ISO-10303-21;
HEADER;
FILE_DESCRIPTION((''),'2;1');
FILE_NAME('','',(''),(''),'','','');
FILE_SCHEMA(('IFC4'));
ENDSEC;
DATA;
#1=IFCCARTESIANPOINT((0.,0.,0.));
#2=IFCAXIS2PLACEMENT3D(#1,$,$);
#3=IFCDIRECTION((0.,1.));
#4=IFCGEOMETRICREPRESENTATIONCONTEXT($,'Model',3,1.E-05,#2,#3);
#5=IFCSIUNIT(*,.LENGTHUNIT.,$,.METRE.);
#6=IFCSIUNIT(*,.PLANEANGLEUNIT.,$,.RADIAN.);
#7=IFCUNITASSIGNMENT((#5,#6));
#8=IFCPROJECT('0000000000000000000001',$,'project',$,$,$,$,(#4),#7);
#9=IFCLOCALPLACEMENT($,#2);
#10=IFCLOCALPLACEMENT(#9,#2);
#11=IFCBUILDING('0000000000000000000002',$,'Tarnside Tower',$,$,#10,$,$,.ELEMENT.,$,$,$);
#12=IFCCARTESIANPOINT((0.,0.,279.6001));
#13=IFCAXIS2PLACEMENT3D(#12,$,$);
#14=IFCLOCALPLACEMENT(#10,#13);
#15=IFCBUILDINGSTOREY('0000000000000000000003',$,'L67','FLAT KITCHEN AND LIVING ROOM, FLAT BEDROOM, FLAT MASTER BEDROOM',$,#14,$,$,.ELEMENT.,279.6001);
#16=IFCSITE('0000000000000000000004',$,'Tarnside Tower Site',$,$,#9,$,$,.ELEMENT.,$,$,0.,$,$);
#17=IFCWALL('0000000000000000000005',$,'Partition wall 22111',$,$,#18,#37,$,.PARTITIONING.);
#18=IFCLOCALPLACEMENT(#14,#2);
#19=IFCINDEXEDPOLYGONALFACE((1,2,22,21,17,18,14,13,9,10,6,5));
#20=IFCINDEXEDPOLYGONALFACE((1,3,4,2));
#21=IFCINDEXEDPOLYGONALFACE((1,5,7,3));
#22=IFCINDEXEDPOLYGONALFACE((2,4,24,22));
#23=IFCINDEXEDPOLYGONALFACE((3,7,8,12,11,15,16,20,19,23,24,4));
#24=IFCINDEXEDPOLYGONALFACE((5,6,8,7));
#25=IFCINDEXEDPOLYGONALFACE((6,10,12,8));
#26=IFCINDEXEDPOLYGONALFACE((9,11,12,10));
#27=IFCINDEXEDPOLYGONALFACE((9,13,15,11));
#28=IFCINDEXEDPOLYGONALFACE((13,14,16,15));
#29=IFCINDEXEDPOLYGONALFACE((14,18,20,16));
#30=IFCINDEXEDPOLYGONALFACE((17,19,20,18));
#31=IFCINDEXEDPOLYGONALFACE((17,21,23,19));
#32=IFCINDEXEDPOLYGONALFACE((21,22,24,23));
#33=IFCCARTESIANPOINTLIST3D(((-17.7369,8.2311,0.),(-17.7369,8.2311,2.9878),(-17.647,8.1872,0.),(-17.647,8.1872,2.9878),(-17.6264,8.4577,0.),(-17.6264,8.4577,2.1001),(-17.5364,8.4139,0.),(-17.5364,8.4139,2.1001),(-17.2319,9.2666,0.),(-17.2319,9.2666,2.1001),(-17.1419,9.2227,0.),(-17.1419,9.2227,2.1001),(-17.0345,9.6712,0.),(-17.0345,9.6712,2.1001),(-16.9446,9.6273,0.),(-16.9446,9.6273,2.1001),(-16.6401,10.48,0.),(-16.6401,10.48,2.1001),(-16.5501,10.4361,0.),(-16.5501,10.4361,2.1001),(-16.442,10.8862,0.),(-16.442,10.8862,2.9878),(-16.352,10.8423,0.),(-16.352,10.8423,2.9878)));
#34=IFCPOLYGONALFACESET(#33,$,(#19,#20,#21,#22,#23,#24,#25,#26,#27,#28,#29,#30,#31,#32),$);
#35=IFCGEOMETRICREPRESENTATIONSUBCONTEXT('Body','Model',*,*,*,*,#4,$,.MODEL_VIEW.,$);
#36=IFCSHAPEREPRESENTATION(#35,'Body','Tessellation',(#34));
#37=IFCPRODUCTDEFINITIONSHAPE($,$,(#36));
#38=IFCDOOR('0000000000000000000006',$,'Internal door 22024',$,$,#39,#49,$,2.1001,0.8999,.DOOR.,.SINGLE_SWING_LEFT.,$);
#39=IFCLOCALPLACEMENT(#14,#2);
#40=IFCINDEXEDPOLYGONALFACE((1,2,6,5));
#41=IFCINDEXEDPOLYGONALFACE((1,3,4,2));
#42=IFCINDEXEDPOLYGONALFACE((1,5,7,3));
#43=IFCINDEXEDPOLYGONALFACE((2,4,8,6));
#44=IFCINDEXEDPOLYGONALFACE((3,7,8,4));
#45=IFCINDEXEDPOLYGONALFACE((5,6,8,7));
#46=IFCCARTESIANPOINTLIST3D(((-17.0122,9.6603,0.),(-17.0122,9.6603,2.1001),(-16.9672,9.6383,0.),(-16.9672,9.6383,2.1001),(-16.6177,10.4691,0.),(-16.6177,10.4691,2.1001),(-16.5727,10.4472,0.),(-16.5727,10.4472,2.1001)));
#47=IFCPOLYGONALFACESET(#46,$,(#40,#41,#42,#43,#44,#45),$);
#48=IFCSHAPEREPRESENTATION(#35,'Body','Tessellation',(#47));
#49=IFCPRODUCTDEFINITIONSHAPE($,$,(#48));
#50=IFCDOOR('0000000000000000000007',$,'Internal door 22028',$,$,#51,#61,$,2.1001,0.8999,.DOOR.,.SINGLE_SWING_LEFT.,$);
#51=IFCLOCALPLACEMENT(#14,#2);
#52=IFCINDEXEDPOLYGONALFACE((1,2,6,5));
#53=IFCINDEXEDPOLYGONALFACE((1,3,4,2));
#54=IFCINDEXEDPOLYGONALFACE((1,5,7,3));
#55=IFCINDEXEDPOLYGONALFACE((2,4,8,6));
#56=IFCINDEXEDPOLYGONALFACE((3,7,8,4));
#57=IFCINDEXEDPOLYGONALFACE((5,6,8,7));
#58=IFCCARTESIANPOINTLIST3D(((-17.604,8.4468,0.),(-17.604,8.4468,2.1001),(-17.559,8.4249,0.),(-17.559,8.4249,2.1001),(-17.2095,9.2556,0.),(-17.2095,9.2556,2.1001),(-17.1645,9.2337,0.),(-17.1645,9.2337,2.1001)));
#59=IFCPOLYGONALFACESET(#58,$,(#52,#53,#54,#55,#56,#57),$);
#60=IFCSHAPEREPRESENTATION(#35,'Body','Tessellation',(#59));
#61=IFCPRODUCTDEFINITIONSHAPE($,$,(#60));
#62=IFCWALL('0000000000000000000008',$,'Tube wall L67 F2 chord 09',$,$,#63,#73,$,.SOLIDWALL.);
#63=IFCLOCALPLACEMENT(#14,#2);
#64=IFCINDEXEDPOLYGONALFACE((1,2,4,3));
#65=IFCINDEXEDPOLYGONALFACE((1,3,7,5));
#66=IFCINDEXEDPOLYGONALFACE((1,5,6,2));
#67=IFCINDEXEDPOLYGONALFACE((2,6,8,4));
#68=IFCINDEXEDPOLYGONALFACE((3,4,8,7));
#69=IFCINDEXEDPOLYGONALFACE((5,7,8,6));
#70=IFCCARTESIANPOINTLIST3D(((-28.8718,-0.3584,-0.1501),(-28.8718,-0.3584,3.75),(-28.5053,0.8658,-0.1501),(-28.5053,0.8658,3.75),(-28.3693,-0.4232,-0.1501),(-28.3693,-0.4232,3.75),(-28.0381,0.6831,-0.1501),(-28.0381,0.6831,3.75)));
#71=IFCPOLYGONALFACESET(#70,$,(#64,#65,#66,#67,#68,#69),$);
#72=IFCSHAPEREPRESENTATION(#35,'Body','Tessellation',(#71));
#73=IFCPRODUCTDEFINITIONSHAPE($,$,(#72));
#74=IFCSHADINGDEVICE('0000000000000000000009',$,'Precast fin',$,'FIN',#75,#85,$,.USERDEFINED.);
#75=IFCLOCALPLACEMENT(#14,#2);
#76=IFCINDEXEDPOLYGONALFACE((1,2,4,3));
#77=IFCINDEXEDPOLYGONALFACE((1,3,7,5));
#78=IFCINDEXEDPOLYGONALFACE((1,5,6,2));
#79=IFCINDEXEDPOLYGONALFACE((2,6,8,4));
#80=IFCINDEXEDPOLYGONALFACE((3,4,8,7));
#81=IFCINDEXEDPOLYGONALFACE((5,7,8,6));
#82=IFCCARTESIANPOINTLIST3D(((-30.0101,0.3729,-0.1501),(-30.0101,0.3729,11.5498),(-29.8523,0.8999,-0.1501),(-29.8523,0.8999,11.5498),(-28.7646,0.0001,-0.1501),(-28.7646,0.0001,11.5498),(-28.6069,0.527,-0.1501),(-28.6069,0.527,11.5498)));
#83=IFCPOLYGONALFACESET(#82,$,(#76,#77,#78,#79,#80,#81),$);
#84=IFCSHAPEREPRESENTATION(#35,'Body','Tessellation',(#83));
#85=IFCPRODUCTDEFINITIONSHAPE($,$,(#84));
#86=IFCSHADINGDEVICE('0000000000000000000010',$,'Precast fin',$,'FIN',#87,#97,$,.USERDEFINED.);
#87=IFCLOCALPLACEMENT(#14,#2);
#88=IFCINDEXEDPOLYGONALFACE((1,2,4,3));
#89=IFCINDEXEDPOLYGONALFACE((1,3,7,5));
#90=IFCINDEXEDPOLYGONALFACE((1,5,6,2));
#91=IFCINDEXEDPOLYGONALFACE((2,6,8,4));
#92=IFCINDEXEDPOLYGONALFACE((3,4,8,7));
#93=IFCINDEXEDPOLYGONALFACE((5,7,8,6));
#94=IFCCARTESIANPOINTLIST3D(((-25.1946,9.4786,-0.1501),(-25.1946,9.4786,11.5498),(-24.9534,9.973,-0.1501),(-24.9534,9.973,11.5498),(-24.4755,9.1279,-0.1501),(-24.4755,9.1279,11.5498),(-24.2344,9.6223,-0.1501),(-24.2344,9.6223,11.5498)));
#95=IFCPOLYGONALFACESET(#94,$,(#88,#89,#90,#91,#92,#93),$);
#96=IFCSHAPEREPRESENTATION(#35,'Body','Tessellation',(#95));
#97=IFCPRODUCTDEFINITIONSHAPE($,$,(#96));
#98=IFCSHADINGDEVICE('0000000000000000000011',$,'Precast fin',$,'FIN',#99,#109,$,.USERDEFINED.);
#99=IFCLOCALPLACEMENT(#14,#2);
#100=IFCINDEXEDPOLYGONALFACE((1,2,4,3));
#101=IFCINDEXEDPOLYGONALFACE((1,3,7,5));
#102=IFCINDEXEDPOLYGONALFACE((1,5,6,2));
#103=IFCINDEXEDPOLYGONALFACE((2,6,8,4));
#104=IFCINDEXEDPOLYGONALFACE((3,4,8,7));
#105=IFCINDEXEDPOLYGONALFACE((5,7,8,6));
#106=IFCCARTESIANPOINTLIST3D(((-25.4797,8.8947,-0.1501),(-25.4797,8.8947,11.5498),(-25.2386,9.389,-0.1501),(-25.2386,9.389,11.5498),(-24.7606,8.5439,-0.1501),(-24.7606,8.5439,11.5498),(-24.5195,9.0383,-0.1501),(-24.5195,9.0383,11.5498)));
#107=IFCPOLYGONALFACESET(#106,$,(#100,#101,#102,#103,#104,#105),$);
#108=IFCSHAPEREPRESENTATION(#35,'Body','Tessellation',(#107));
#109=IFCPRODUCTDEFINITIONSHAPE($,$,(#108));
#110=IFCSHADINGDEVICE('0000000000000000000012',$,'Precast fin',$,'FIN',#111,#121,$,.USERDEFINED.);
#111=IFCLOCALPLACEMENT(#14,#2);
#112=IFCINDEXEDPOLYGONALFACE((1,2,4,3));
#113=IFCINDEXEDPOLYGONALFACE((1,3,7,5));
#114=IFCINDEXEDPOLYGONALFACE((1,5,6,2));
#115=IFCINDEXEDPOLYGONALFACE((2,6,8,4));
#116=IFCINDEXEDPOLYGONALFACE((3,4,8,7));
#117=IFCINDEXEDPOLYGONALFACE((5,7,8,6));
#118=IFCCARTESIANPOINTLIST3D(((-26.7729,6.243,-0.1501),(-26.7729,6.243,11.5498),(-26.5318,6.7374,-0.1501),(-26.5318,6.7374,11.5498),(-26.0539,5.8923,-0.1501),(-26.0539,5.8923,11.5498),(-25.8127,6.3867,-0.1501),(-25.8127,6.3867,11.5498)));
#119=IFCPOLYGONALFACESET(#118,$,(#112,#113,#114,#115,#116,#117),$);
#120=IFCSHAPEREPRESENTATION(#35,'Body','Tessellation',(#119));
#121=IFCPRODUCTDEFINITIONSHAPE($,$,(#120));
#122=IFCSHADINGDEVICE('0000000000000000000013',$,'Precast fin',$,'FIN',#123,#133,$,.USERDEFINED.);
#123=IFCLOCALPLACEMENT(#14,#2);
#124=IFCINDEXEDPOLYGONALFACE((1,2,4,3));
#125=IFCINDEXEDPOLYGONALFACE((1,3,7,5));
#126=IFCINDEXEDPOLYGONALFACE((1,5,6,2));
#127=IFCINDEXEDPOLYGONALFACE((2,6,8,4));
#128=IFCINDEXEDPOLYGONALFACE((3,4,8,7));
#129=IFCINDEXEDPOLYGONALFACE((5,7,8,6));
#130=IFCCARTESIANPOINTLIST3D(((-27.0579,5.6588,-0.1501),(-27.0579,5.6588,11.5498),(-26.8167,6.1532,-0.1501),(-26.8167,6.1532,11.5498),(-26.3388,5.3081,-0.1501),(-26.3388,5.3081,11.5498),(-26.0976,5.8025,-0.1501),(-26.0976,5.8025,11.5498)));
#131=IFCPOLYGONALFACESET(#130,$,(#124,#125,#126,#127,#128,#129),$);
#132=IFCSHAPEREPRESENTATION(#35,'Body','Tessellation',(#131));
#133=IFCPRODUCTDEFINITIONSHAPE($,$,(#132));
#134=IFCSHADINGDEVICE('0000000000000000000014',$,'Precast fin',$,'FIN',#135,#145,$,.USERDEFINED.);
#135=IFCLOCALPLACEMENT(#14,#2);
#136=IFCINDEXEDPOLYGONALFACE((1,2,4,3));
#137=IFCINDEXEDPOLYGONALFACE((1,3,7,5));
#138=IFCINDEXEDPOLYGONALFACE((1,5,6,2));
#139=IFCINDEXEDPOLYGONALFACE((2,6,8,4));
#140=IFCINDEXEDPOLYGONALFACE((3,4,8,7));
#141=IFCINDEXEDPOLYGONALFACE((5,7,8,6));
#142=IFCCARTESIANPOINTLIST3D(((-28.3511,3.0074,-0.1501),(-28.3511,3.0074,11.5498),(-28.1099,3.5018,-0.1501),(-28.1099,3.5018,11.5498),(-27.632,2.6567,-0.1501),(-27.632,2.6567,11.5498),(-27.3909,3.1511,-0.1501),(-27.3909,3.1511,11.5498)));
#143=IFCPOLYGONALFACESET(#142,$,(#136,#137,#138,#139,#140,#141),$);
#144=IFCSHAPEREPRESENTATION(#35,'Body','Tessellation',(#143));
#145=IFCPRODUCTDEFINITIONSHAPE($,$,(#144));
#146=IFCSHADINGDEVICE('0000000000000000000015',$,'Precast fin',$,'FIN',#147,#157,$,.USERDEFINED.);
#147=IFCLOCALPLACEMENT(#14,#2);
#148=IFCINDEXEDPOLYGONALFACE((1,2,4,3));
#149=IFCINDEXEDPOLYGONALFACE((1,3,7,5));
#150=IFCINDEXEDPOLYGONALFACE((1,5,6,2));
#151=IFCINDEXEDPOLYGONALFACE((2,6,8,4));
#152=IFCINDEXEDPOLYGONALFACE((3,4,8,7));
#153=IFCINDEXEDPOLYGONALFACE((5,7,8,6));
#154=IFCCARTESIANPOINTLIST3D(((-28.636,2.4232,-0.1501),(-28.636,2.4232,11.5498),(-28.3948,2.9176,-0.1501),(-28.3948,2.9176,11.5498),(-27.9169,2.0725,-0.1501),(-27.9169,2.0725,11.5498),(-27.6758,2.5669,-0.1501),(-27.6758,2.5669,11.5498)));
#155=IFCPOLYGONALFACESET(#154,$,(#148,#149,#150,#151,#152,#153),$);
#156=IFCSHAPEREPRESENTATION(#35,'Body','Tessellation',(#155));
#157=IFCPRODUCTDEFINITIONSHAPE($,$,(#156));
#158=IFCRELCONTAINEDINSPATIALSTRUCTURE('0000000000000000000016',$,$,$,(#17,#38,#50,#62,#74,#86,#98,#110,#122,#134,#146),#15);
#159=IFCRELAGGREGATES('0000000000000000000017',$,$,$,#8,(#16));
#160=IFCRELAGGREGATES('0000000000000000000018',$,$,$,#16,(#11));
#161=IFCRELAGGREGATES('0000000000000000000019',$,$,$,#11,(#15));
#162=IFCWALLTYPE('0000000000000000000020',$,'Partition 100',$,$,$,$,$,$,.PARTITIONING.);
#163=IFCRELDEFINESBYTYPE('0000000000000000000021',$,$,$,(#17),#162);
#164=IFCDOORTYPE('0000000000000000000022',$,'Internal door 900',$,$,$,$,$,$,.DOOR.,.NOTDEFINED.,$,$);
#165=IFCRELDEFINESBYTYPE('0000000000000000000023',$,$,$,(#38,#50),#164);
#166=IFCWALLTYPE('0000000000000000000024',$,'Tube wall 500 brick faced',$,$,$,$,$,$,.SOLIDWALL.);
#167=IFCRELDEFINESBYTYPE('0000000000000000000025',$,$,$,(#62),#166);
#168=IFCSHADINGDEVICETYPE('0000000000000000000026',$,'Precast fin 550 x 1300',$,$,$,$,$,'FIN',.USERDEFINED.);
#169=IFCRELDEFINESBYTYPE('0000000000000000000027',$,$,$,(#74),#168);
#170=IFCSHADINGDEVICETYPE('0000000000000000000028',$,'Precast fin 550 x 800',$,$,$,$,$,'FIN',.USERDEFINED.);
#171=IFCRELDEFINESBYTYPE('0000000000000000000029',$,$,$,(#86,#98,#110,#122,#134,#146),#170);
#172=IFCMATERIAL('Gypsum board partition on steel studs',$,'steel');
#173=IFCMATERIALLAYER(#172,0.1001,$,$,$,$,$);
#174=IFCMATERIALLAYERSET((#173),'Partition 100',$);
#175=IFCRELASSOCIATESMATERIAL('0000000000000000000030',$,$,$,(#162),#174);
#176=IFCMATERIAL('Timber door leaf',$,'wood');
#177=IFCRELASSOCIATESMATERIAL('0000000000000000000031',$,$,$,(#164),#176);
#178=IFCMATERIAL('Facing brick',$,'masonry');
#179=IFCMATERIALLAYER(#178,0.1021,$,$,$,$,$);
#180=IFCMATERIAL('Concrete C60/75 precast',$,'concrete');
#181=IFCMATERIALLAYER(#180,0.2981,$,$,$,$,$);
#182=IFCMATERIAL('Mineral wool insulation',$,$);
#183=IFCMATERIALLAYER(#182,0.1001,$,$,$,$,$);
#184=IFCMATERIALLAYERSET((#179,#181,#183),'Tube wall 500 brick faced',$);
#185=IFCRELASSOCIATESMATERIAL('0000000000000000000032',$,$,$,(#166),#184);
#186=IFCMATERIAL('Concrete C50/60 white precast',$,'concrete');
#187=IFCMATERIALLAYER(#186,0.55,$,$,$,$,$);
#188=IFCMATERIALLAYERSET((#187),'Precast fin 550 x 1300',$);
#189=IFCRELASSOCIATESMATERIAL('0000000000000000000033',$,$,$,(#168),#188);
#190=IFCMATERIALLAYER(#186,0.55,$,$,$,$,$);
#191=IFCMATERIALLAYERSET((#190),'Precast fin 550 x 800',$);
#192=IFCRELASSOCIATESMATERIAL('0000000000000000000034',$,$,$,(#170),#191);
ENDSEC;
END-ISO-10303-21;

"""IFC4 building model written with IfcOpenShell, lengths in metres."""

from ifc_helpers import new_model, si_unit, direction, frame, frame_2d, origin, place, context, subcontext, project, spatial, polyline, rectangle, outline, extrude, material, layer, layer_set, type_object, element, fill, save


model = new_model("IFC4")

# Units and contexts
model_context = context("Model", 3, precision=1e-05, world=origin(), true_north=direction((0.0, 1.0)))
body_context = subcontext(model_context, "Body", "Model", "MODEL_VIEW")
ifc_project = project(units=[si_unit("LENGTHUNIT", "METRE"), si_unit("PLANEANGLEUNIT", "RADIAN")], contexts=[model_context])

# Site, building, storey
site_placement = place(None, origin())
site = spatial("IfcSite", under=ifc_project, at=site_placement, Name="Tarnside Tower Site", CompositionType="ELEMENT", RefElevation=0.0)
building_placement = place(site_placement, origin())
building = spatial("IfcBuilding", under=site, at=building_placement, Name="Tarnside Tower", CompositionType="ELEMENT")
storey_placement = place(building_placement, frame((0.0, 0.0, 279.6001)))
storey = spatial("IfcBuildingStorey", under=building, at=storey_placement, Name="L67", Description="FLAT KITCHEN AND LIVING ROOM, FLAT BEDROOM, FLAT MASTER BEDROOM", CompositionType="ELEMENT", Elevation=279.6001)

# Shared definitions
ifc_material_1 = material(Name="Gypsum board partition on steel studs", Category="steel")

# Shared definitions
ifc_material_2 = material(Name="Timber door leaf", Category="wood")

# Shared definitions
ifc_material_3 = material(Name="Concrete C60/75 precast", Category="concrete")
ifc_material_4 = material(Name="Mineral wool insulation")
ifc_layer_1 = layer(ifc_material_1, 0.1001)
ifc_layer_set_1 = layer_set([ifc_layer_1], Name="Partition 100")
wall_type_1 = type_object("IfcWallType", Name="Partition 100", PredefinedType="PARTITIONING", material=ifc_layer_set_1)

# Shared definitions
door_type_1 = type_object("IfcDoorType", Name="Internal door 900", OperationType="NOTDEFINED", PredefinedType="DOOR", material=ifc_material_2)

# Wall, openings, doors
wall_1_placement = place(storey_placement, frame((-16.397, 10.8643, 0.0), z_axis=(0.0, 0.0, 1.0), x_axis=(-0.438365, -0.898797, 0.0)))
wall_1 = element("IfcWall", 1, at=wall_1_placement, inside=storey, type_object=wall_type_1, Name="Partition wall 22111", PredefinedType="PARTITIONING", context=body_context, shape_type="SweptSolid", body=[
    extrude(rectangle(XDim=2.9541, YDim=0.1001, at=frame_2d((1.4771, 0.0))), origin(), (0.0, 0.0, 1.0), 2.9878),
])
opening_1_placement = place(wall_1_placement, frame((0.4519, 0.0, 0.0)))
opening_1 = element("IfcOpeningElement", 2, at=opening_1_placement, cuts=wall_1, PredefinedType="OPENING", context=body_context, shape_type="SweptSolid", body=[
    extrude(rectangle(XDim=0.8999, YDim=2.1001, at=frame_2d((0.45, 1.05))), frame((0.0, 0.0601, 0.0), z_axis=(0.0, -1.0, 0.0), x_axis=(1.0, 0.0, 0.0)), (0.0, 0.0, 1.0), 0.1201),
])
opening_2_placement = place(wall_1_placement, frame((1.802, 0.0, 0.0)))
opening_2 = element("IfcOpeningElement", 3, at=opening_2_placement, cuts=wall_1, PredefinedType="OPENING", context=body_context, shape_type="SweptSolid", body=[
    extrude(rectangle(XDim=0.8999, YDim=2.1001, at=frame_2d((0.45, 1.05))), frame((0.0, 0.0601, 0.0), z_axis=(0.0, -1.0, 0.0), x_axis=(1.0, 0.0, 0.0)), (0.0, 0.0, 1.0), 0.1201),
])
door_1_placement = place(opening_1_placement, origin())
door_1 = element("IfcDoor", 4, at=door_1_placement, inside=storey, type_object=door_type_1, Name="Internal door 22024", OperationType="SINGLE_SWING_LEFT", OverallHeight=2.1001, OverallWidth=0.8999, PredefinedType="DOOR", context=body_context, shape_type="SweptSolid", body=[
    extrude(rectangle(XDim=0.8999, YDim=2.1001, at=frame_2d((0.45, 1.05))), frame((0.0, 0.0249, 0.0), z_axis=(0.0, -1.0, 0.0), x_axis=(1.0, 0.0, 0.0)), (0.0, 0.0, 1.0), 0.05),
])
fill(opening_1, door_1)
door_2_placement = place(opening_2_placement, origin())
door_2 = element("IfcDoor", 5, at=door_2_placement, inside=storey, type_object=door_type_1, Name="Internal door 22028", OperationType="SINGLE_SWING_LEFT", OverallHeight=2.1001, OverallWidth=0.8999, PredefinedType="DOOR", context=body_context, shape_type="SweptSolid", body=[
    extrude(rectangle(XDim=0.8999, YDim=2.1001, at=frame_2d((0.45, 1.05))), frame((0.0, 0.0249, 0.0), z_axis=(0.0, -1.0, 0.0), x_axis=(1.0, 0.0, 0.0)), (0.0, 0.0, 1.0), 0.05),
])
fill(opening_2, door_2)

# Wall
ifc_material_5 = material(Name="Facing brick", Category="masonry")
ifc_layer_2 = layer(ifc_material_5, 0.1021)
ifc_layer_3 = layer(ifc_material_3, 0.2981)
ifc_layer_4 = layer(ifc_material_4, 0.1001)
ifc_layer_set_2 = layer_set([ifc_layer_2, ifc_layer_3, ifc_layer_4], Name="Tube wall 500 brick faced")
wall_type_2 = type_object("IfcWallType", Name="Tube wall 500 brick faced", PredefinedType="SOLIDWALL", material=ifc_layer_set_2)
wall_2_placement = place(storey_placement, frame((-28.2717, 0.7744, -0.1501), z_axis=(0.0, 0.0, 1.0), x_axis=(-0.286814, -0.957986, 0.0)))
element("IfcWall", 6, at=wall_2_placement, inside=storey, type_object=wall_type_2, Name="Tube wall L67 F2 chord 09", PredefinedType="SOLIDWALL", context=body_context, shape_type="SweptSolid", body=[
    extrude(outline(polyline([(-0.0205, -0.25), (1.2573, -0.25), (1.1753, 0.25), (0.0205, 0.25), (-0.0205, -0.25)])), origin(), (0.0, 0.0, 1.0), 3.9001),
])

# Shading devices
ifc_material_6 = material(Name="Concrete C50/60 white precast", Category="concrete")
ifc_layer_5 = layer(ifc_material_6, 0.55)
ifc_layer_set_3 = layer_set([ifc_layer_5], Name="Precast fin 550 x 1300")
shading_device_type_1 = type_object("IfcShadingDeviceType", Name="Precast fin 550 x 1300", ElementType="FIN", PredefinedType="USERDEFINED", material=ifc_layer_set_3)
shading_device_placement = place(storey_placement, frame((-28.6858, 0.2634, -0.1501), z_axis=(0.286803, 0.95799, 0.0), x_axis=(-0.95799, 0.286803, 0.0)))
element("IfcShadingDevice", 7, at=shading_device_placement, inside=storey, type_object=shading_device_type_1, Name="Precast fin", ObjectType="FIN", PredefinedType="USERDEFINED", context=body_context, shape_type="SweptSolid", body=[
    extrude(outline(polyline([(0.0, 0.0), (1.3, 0.0), (1.3, 11.7), (0.0, 11.7), (0.0, 0.0)])), frame((0.0, 0.0, -0.2749)), (0.0, 0.0, 1.0), 0.55),
])
ifc_layer_6 = layer(ifc_material_6, 0.55)
ifc_layer_set_4 = layer_set([ifc_layer_6], Name="Precast fin 550 x 800")
shading_device_type_2 = type_object("IfcShadingDeviceType", Name="Precast fin 550 x 800", ElementType="FIN", PredefinedType="USERDEFINED", material=ifc_layer_set_4)
for number, where, z_axis, x_axis, name in (
    (8, (-24.355, 9.375, -0.1501), (0.438371, 0.898794, 0.0), (-0.898794, 0.438371, 0.0), "Precast fin"),
    (9, (-24.6401, 8.791, -0.1501), (0.438371, 0.898794, 0.0), (-0.898794, 0.438371, 0.0), "Precast fin"),
    (10, (-25.9333, 6.1394, -0.1501), (0.438371, 0.898794, 0.0), (-0.898794, 0.438371, 0.0), "Precast fin"),
    (11, (-26.2183, 5.5552, -0.1501), (0.438371, 0.898794, 0.0), (-0.898794, 0.438371, 0.0), "Precast fin"),
    (12, (-27.5115, 2.9038, -0.1501), (0.438371, 0.898794, 0.0), (-0.898794, 0.438371, 0.0), "Precast fin"),
    (13, (-27.7964, 2.3196, -0.1501), (0.438371, 0.898794, 0.0), (-0.898794, 0.438371, 0.0), "Precast fin"),
):
    element("IfcShadingDevice", number, at=place(storey_placement, frame(where, z_axis=z_axis, x_axis=x_axis)), inside=storey, type_object=shading_device_type_2, Name=name, ObjectType="FIN", PredefinedType="USERDEFINED", context=body_context, shape_type="SweptSolid", body=[
        extrude(outline(polyline([(0.0, 0.0), (0.8, 0.0), (0.8, 11.7), (0.0, 11.7), (0.0, 0.0)])), frame((0.0, 0.0, -0.2749)), (0.0, 0.0, 1.0), 0.55),
    ])

save(model, "model.ifc")
